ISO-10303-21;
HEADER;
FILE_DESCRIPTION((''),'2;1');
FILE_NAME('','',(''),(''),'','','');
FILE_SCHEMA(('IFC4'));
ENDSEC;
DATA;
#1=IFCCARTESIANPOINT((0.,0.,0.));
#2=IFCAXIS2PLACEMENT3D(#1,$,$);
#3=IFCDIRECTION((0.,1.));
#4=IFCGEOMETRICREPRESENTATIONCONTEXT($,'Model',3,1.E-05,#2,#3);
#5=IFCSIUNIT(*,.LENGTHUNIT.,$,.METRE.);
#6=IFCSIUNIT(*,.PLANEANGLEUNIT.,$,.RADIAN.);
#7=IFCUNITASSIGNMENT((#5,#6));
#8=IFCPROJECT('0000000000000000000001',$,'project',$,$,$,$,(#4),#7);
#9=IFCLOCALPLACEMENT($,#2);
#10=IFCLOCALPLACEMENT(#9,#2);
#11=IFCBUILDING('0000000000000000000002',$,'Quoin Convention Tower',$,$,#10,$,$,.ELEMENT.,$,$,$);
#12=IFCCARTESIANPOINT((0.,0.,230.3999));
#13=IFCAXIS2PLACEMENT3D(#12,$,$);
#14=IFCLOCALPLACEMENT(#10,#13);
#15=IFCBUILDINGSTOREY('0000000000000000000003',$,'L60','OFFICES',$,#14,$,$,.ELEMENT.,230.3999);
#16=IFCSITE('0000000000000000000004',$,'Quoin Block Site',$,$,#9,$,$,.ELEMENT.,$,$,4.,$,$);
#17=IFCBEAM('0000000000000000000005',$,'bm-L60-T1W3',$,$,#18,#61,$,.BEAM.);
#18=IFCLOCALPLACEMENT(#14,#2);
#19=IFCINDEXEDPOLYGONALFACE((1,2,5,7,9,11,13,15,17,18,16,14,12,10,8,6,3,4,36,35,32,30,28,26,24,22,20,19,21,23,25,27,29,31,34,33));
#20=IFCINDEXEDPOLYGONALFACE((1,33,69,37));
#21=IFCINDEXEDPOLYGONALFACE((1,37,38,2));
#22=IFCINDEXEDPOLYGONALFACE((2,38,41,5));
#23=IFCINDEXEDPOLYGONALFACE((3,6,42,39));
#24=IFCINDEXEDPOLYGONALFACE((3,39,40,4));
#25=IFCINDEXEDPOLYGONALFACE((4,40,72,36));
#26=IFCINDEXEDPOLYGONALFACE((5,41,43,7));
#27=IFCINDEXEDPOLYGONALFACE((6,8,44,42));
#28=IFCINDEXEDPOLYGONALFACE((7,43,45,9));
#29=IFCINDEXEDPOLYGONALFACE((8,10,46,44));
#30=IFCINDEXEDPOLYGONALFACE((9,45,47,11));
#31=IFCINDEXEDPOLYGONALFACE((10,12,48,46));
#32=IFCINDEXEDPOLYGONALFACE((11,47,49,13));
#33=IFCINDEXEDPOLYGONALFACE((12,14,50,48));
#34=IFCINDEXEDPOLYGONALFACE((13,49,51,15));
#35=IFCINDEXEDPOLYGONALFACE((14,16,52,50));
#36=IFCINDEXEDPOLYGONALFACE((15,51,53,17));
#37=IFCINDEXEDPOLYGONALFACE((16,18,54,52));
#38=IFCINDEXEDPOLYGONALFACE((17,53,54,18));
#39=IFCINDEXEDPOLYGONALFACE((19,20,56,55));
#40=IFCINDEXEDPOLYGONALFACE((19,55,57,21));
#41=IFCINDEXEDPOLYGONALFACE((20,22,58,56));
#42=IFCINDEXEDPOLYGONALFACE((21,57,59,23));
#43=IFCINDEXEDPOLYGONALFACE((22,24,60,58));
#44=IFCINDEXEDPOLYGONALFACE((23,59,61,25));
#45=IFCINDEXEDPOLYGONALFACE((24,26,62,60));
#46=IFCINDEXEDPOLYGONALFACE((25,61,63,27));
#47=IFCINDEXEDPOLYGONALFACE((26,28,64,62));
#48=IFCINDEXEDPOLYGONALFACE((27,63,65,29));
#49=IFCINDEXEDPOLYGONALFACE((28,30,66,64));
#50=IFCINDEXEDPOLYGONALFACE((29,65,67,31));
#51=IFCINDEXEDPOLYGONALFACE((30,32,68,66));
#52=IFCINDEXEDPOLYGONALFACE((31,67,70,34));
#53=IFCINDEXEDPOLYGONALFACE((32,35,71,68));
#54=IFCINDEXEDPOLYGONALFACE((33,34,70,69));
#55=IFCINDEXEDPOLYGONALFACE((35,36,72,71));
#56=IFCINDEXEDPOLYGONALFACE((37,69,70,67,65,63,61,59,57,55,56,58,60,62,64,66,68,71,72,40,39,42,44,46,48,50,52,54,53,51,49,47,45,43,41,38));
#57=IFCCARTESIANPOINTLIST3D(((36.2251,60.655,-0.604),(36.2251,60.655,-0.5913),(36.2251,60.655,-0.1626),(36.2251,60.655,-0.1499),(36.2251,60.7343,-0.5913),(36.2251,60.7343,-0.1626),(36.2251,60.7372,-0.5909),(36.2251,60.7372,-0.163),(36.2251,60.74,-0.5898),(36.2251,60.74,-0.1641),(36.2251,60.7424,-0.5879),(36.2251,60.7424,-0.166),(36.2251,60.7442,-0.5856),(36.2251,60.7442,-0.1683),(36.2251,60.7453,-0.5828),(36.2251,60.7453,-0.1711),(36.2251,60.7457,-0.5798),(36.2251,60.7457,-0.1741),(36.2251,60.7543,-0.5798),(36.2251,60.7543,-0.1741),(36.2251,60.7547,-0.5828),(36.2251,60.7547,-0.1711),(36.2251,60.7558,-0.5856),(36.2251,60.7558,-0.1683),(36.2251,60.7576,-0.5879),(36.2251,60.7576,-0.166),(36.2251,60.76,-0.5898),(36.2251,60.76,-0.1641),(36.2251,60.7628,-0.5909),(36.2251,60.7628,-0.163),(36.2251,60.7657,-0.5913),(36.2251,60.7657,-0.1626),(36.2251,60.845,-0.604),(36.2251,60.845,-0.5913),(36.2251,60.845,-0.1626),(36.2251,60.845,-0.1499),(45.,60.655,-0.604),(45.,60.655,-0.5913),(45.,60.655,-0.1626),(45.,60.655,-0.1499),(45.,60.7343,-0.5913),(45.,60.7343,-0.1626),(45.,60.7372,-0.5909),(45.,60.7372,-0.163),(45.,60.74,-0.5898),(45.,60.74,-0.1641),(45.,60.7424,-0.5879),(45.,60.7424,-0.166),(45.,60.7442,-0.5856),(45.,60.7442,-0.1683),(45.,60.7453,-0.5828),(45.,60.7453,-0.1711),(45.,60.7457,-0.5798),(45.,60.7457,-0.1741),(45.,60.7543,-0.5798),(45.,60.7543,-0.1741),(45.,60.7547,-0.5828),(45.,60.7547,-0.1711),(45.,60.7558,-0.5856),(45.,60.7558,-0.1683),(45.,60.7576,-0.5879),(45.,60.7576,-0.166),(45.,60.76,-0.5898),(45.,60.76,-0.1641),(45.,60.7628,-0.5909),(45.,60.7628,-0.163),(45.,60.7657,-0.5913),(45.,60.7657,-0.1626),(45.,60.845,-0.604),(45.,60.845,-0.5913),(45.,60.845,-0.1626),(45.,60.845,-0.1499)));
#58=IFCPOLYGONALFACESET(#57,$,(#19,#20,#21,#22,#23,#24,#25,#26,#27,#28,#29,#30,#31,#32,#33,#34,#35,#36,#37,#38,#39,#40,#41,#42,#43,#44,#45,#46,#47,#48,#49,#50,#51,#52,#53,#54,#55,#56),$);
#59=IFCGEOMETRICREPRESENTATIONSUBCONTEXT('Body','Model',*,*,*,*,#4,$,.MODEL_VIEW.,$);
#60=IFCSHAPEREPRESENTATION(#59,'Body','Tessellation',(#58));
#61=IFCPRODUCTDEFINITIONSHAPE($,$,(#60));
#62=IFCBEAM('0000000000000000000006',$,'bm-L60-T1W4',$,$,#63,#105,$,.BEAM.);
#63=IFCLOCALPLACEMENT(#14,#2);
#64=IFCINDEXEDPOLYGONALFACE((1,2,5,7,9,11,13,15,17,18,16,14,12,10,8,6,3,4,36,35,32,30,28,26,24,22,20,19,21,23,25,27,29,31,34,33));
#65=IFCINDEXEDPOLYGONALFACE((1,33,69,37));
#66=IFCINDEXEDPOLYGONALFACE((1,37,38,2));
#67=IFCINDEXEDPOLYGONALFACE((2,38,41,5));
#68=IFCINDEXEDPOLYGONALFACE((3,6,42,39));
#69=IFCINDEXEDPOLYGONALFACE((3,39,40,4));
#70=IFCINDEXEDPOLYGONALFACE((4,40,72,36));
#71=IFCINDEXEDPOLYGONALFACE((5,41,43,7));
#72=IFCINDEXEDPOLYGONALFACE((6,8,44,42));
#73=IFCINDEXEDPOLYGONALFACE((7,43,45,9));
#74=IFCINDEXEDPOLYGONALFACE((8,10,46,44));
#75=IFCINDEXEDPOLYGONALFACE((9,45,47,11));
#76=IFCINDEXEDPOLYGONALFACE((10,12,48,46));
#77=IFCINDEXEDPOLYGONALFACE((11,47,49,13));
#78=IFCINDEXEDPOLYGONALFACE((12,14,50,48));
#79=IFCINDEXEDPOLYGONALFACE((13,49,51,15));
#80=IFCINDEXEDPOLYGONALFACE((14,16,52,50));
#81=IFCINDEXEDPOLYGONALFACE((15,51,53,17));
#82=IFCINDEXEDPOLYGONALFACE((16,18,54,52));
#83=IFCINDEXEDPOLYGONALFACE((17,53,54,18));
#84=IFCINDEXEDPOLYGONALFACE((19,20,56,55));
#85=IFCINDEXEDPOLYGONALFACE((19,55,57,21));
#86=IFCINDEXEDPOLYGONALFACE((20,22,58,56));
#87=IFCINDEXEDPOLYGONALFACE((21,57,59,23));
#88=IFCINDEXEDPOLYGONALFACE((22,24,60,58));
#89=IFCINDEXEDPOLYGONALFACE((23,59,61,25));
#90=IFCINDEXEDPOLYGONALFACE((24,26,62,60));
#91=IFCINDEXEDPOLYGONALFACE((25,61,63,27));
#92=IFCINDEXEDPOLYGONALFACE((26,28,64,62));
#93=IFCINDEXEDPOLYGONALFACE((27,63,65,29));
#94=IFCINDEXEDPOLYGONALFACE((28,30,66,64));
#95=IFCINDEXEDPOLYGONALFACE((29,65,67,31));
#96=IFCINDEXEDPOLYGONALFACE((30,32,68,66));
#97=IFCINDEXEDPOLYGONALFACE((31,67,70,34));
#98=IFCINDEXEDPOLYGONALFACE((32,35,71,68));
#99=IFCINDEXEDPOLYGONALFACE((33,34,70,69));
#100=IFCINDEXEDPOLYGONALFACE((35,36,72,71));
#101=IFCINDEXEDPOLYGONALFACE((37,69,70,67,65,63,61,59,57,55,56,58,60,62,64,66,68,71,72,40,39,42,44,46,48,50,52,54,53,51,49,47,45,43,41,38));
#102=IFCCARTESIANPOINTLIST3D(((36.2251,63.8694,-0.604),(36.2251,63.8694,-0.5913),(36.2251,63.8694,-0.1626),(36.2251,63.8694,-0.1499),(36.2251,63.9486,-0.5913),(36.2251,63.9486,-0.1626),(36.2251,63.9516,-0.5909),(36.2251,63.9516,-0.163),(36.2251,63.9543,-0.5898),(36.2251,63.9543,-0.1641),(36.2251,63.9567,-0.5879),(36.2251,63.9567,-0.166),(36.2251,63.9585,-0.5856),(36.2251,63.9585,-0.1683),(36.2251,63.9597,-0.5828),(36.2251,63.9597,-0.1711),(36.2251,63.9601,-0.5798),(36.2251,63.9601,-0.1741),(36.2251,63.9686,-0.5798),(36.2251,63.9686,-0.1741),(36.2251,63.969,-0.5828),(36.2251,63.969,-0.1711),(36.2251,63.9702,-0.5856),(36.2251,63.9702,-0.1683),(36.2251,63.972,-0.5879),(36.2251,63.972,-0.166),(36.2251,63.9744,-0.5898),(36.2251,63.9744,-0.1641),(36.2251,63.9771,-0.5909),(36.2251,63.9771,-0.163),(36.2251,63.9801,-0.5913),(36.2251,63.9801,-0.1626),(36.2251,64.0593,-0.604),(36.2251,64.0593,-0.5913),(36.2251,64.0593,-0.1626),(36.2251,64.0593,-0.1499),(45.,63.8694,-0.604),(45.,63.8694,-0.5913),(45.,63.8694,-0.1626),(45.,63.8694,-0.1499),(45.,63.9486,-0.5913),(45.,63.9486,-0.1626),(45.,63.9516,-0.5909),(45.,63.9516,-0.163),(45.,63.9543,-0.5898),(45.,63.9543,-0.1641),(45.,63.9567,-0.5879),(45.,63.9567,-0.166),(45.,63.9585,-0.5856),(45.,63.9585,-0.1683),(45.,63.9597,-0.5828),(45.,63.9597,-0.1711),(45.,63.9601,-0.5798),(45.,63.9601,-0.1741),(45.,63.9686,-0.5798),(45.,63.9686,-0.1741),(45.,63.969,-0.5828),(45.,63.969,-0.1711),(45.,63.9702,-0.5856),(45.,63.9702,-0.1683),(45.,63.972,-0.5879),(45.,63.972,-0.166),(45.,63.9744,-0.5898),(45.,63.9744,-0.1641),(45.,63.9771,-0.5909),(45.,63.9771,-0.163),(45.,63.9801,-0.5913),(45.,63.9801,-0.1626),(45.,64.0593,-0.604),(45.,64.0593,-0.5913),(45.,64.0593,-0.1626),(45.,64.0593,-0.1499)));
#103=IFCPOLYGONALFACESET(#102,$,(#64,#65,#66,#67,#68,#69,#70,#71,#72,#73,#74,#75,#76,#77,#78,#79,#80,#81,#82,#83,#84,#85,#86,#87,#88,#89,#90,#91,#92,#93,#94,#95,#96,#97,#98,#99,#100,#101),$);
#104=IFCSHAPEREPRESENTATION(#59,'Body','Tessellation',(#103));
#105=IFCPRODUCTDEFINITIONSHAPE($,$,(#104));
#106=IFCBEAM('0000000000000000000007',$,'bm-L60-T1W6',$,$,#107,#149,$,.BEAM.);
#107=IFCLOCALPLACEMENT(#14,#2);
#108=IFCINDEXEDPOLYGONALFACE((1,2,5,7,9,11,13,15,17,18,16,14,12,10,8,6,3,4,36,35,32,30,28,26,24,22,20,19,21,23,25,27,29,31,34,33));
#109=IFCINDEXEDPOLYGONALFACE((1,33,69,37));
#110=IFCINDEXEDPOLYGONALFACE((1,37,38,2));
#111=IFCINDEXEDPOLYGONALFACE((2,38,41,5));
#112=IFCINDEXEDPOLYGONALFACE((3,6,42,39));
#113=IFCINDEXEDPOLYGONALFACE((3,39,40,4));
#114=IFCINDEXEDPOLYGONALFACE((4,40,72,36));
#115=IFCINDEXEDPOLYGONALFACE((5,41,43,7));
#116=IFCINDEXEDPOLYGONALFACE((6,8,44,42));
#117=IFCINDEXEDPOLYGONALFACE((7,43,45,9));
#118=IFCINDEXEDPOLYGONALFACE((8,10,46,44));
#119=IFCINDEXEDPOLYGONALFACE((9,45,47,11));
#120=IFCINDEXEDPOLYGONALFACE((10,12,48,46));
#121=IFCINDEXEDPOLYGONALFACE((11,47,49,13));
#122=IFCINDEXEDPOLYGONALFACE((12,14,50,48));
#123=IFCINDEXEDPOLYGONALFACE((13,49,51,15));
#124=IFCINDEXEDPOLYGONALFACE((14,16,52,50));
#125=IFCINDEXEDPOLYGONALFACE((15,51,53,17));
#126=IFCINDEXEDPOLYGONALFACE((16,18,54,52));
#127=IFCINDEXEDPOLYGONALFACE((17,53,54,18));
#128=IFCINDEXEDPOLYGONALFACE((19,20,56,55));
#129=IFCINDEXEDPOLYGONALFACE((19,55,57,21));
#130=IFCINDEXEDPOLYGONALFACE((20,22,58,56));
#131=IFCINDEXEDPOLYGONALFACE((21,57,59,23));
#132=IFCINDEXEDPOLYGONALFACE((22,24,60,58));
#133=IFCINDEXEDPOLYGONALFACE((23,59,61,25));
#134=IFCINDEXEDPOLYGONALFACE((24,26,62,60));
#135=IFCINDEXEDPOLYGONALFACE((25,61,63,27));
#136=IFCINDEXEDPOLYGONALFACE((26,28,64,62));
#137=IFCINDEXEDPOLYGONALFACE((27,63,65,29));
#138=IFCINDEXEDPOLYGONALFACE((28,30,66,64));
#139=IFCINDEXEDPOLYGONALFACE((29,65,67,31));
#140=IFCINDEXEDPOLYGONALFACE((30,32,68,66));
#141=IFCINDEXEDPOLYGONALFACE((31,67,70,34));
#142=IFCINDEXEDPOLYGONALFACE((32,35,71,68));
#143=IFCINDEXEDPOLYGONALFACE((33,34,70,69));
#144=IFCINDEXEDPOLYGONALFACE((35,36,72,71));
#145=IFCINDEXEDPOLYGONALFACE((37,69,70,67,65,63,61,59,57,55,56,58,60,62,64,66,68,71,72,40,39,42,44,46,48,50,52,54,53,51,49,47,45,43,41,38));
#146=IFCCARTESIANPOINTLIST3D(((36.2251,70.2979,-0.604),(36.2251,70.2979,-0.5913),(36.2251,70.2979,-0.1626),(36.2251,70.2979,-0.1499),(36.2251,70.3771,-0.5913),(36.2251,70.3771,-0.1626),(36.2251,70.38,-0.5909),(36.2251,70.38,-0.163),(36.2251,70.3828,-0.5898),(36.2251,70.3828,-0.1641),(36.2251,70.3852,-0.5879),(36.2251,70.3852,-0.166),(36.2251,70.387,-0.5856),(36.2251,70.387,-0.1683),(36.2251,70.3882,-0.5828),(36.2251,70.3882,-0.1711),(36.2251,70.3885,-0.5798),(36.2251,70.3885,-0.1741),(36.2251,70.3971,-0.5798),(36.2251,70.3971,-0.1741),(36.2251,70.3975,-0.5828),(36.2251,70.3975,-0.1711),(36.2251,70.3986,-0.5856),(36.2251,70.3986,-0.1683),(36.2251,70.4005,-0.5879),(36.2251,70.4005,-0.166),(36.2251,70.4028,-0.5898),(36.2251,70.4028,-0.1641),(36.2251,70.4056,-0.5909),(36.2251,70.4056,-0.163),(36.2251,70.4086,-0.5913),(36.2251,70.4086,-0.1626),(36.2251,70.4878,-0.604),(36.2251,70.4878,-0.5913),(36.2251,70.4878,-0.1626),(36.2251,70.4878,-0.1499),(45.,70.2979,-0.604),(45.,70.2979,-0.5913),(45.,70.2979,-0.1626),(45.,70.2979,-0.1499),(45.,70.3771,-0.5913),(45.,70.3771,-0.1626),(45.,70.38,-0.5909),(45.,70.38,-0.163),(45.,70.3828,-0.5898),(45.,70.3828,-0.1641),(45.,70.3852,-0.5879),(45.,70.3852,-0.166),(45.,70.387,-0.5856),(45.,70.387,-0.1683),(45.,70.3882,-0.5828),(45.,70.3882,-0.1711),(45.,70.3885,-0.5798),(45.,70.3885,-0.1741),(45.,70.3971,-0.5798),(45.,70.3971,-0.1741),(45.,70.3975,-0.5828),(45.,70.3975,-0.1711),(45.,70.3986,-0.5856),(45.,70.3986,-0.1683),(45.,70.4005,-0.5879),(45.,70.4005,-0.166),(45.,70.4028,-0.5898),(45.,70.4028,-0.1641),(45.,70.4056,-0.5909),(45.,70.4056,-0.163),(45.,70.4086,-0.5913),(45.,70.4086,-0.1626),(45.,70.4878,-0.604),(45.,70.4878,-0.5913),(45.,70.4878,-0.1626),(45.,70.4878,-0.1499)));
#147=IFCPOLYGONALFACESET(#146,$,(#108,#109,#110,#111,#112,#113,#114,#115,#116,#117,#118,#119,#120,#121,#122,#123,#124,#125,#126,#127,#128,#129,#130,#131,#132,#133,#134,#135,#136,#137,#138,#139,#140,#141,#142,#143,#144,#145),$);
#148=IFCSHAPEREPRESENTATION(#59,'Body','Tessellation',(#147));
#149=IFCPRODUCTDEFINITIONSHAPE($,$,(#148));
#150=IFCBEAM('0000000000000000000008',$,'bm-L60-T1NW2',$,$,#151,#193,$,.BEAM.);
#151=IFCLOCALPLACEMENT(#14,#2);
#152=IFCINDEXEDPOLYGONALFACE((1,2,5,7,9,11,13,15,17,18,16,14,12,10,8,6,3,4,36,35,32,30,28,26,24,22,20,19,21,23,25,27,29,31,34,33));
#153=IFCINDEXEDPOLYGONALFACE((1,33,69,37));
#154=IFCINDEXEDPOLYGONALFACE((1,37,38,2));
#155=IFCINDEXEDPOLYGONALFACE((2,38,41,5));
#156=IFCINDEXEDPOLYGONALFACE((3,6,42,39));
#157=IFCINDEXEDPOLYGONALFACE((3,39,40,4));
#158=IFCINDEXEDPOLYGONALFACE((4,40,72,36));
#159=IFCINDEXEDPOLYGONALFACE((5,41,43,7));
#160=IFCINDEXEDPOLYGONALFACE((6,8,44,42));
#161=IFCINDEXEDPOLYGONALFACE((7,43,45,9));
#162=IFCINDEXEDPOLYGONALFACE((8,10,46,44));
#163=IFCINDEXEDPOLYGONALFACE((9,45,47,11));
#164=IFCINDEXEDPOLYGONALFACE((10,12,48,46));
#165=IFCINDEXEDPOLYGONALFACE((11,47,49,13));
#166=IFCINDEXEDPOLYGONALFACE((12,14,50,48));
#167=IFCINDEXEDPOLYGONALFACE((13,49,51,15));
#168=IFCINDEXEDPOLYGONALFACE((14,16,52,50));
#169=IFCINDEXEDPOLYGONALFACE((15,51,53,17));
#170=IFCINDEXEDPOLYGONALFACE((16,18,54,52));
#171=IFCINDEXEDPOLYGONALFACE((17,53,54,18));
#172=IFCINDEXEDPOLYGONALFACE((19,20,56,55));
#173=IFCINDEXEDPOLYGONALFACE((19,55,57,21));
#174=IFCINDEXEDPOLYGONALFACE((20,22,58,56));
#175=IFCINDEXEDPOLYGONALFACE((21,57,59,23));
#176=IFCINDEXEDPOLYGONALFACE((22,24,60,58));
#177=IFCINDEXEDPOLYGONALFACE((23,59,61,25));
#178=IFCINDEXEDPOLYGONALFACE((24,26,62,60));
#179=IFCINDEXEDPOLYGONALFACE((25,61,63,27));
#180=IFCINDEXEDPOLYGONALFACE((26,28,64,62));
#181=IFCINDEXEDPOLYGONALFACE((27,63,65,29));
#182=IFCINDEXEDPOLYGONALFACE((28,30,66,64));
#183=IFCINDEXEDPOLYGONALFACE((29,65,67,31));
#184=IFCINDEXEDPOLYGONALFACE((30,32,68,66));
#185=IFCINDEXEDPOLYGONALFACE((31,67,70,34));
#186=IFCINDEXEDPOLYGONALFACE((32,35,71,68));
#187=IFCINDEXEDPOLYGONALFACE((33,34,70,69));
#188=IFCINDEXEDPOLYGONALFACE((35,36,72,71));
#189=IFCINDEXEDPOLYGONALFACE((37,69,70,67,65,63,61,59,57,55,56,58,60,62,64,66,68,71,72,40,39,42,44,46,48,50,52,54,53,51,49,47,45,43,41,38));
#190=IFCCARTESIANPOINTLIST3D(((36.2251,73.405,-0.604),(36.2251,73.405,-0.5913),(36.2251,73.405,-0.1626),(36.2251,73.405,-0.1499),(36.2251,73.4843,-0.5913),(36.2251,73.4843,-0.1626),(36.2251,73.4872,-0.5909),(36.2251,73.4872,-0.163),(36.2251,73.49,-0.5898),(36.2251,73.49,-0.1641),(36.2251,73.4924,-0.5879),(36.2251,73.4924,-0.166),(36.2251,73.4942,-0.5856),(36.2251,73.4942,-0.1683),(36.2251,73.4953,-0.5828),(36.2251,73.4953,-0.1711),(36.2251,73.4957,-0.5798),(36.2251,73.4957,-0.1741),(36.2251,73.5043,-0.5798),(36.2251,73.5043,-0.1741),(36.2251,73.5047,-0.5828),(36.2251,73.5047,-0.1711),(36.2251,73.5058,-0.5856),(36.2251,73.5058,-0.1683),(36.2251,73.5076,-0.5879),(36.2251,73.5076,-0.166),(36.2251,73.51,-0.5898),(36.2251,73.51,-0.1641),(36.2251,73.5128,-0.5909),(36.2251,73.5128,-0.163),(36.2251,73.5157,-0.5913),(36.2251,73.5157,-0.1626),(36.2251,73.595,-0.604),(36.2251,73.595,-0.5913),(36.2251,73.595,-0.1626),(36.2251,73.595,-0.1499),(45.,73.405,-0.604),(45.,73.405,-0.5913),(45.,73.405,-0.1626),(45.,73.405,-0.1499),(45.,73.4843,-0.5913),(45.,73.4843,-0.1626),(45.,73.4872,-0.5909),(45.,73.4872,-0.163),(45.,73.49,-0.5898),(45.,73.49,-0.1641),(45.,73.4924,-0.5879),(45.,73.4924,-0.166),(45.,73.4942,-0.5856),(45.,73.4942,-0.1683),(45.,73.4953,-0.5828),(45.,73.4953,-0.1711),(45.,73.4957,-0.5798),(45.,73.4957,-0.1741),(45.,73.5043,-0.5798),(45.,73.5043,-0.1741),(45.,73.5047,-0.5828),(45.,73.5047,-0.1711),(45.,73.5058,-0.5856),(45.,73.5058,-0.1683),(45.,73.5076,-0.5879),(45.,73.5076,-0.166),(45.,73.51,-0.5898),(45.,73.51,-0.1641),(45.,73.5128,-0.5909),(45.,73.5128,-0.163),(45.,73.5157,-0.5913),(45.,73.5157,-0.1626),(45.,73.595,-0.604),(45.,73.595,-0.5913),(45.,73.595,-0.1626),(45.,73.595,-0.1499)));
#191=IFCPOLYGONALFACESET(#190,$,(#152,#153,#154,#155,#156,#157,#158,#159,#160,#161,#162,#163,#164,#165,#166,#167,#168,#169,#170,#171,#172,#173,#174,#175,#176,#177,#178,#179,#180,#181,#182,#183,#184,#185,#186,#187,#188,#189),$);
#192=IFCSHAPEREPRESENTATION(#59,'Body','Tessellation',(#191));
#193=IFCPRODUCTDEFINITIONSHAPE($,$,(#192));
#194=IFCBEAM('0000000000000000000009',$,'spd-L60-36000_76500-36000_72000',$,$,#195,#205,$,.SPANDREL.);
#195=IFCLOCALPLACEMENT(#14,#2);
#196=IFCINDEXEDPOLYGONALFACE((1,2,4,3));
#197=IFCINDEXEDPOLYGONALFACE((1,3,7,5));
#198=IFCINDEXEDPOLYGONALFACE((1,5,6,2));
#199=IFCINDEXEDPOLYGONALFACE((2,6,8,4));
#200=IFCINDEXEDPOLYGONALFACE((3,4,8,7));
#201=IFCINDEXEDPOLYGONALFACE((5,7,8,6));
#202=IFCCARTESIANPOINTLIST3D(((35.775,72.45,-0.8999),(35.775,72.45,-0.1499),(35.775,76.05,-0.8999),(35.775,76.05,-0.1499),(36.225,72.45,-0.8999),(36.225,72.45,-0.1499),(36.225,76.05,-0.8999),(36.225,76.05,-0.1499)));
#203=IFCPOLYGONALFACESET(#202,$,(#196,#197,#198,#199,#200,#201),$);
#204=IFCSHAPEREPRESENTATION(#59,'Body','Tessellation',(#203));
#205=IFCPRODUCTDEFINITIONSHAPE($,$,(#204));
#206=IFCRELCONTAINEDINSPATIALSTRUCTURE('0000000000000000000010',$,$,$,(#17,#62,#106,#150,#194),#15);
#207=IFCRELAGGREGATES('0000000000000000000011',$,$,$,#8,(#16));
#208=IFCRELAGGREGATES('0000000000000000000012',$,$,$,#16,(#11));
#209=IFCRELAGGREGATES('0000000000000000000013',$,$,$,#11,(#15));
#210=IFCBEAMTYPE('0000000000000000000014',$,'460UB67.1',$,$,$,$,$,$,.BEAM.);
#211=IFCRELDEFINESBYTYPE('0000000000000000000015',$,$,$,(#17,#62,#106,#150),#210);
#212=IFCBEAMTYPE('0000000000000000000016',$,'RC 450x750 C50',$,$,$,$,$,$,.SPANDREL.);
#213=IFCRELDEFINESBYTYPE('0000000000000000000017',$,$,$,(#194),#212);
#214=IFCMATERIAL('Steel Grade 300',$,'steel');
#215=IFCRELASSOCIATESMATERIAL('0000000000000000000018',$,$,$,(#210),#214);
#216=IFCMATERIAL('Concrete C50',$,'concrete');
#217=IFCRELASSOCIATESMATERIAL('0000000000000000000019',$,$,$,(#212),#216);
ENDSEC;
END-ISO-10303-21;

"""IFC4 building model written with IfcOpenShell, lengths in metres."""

from ifc_helpers import new_model, si_unit, direction, frame, origin, origin_2d, place, context, subcontext, project, spatial, rectangle, i_section, extrude, material, material_profile, profile_set, type_object, element, save


model = new_model("IFC4")

# Units and contexts
model_context = context("Model", 3, precision=1e-05, world=origin(), true_north=direction((0.0, 1.0)))
body_context = subcontext(model_context, "Body", "Model", "MODEL_VIEW")
ifc_project = project(units=[si_unit("LENGTHUNIT", "METRE"), si_unit("PLANEANGLEUNIT", "RADIAN")], contexts=[model_context])

# Site, building, storey
site_placement = place(None, origin())
site = spatial("IfcSite", under=ifc_project, at=site_placement, Name="Quoin Block Site", CompositionType="ELEMENT", RefElevation=4.0)
building_placement = place(site_placement, origin())
building = spatial("IfcBuilding", under=site, at=building_placement, Name="Quoin Convention Tower", CompositionType="ELEMENT")
storey_placement = place(building_placement, frame((0.0, 0.0, 230.3999)))
storey = spatial("IfcBuildingStorey", under=building, at=storey_placement, Name="L60", Description="OFFICES", CompositionType="ELEMENT", Elevation=230.3999)

# Shared definitions
ifc_material_1 = material(Name="Concrete C50", Category="concrete")

# Beams
ifc_material_2 = material(Name="Steel Grade 300", Category="steel")
ifc_material_profile_1 = material_profile(ifc_material_2, i_section(OverallWidth=0.1899, OverallDepth=0.4541, WebThickness=0.0085, FlangeThickness=0.0127, FilletRadius=0.0115, at=origin_2d()), Name="460UB67.1")
ifc_profile_set_1 = profile_set([ifc_material_profile_1], Name="Steel Grade 300")
beam_type_1 = type_object("IfcBeamType", Name="460UB67.1", PredefinedType="BEAM", material=ifc_profile_set_1)
for number, where, z_axis, x_axis, name in (
    (1, (36.2251, 60.75, -0.377), (1.0, 0.0, 0.0), (0.0, 1.0, 0.0), "bm-L60-T1W3"),
    (2, (36.2251, 63.9644, -0.377), (1.0, 0.0, 0.0), (0.0, 1.0, 0.0), "bm-L60-T1W4"),
    (3, (36.2251, 70.3928, -0.377), (1.0, 0.0, 0.0), (0.0, 1.0, 0.0), "bm-L60-T1W6"),
    (4, (36.2251, 73.5, -0.377), (1.0, 0.0, 0.0), (0.0, 1.0, 0.0), "bm-L60-T1NW2"),
):
    element("IfcBeam", number, at=place(storey_placement, frame(where, z_axis=z_axis, x_axis=x_axis)), inside=storey, type_object=beam_type_1, Name=name, PredefinedType="BEAM", context=body_context, shape_type="SweptSolid", body=[
        extrude(i_section(OverallWidth=0.1899, OverallDepth=0.4541, WebThickness=0.0085, FlangeThickness=0.0127, FilletRadius=0.0115, at=origin_2d()), origin(), (0.0, 0.0, 1.0), 8.7749),
    ])
ifc_material_profile_2 = material_profile(ifc_material_1, rectangle(XDim=0.45, YDim=0.75, at=origin_2d()), Name="RC 450x750")
ifc_profile_set_2 = profile_set([ifc_material_profile_2], Name="Concrete C50")
beam_type_2 = type_object("IfcBeamType", Name="RC 450x750 C50", PredefinedType="SPANDREL", material=ifc_profile_set_2)
for number, where, z_axis, x_axis, name in (
    (5, (36.0, 76.05, -0.5249), (0.0, -1.0, 0.0), (1.0, 0.0, 0.0), "spd-L60-36000_76500-36000_72000"),
):
    element("IfcBeam", number, at=place(storey_placement, frame(where, z_axis=z_axis, x_axis=x_axis)), inside=storey, type_object=beam_type_2, Name=name, PredefinedType="SPANDREL", context=body_context, shape_type="SweptSolid", body=[
        extrude(rectangle(XDim=0.45, YDim=0.75, at=origin_2d()), origin(), (0.0, 0.0, 1.0), 3.6001),
    ])

save(model, "model.ifc")
